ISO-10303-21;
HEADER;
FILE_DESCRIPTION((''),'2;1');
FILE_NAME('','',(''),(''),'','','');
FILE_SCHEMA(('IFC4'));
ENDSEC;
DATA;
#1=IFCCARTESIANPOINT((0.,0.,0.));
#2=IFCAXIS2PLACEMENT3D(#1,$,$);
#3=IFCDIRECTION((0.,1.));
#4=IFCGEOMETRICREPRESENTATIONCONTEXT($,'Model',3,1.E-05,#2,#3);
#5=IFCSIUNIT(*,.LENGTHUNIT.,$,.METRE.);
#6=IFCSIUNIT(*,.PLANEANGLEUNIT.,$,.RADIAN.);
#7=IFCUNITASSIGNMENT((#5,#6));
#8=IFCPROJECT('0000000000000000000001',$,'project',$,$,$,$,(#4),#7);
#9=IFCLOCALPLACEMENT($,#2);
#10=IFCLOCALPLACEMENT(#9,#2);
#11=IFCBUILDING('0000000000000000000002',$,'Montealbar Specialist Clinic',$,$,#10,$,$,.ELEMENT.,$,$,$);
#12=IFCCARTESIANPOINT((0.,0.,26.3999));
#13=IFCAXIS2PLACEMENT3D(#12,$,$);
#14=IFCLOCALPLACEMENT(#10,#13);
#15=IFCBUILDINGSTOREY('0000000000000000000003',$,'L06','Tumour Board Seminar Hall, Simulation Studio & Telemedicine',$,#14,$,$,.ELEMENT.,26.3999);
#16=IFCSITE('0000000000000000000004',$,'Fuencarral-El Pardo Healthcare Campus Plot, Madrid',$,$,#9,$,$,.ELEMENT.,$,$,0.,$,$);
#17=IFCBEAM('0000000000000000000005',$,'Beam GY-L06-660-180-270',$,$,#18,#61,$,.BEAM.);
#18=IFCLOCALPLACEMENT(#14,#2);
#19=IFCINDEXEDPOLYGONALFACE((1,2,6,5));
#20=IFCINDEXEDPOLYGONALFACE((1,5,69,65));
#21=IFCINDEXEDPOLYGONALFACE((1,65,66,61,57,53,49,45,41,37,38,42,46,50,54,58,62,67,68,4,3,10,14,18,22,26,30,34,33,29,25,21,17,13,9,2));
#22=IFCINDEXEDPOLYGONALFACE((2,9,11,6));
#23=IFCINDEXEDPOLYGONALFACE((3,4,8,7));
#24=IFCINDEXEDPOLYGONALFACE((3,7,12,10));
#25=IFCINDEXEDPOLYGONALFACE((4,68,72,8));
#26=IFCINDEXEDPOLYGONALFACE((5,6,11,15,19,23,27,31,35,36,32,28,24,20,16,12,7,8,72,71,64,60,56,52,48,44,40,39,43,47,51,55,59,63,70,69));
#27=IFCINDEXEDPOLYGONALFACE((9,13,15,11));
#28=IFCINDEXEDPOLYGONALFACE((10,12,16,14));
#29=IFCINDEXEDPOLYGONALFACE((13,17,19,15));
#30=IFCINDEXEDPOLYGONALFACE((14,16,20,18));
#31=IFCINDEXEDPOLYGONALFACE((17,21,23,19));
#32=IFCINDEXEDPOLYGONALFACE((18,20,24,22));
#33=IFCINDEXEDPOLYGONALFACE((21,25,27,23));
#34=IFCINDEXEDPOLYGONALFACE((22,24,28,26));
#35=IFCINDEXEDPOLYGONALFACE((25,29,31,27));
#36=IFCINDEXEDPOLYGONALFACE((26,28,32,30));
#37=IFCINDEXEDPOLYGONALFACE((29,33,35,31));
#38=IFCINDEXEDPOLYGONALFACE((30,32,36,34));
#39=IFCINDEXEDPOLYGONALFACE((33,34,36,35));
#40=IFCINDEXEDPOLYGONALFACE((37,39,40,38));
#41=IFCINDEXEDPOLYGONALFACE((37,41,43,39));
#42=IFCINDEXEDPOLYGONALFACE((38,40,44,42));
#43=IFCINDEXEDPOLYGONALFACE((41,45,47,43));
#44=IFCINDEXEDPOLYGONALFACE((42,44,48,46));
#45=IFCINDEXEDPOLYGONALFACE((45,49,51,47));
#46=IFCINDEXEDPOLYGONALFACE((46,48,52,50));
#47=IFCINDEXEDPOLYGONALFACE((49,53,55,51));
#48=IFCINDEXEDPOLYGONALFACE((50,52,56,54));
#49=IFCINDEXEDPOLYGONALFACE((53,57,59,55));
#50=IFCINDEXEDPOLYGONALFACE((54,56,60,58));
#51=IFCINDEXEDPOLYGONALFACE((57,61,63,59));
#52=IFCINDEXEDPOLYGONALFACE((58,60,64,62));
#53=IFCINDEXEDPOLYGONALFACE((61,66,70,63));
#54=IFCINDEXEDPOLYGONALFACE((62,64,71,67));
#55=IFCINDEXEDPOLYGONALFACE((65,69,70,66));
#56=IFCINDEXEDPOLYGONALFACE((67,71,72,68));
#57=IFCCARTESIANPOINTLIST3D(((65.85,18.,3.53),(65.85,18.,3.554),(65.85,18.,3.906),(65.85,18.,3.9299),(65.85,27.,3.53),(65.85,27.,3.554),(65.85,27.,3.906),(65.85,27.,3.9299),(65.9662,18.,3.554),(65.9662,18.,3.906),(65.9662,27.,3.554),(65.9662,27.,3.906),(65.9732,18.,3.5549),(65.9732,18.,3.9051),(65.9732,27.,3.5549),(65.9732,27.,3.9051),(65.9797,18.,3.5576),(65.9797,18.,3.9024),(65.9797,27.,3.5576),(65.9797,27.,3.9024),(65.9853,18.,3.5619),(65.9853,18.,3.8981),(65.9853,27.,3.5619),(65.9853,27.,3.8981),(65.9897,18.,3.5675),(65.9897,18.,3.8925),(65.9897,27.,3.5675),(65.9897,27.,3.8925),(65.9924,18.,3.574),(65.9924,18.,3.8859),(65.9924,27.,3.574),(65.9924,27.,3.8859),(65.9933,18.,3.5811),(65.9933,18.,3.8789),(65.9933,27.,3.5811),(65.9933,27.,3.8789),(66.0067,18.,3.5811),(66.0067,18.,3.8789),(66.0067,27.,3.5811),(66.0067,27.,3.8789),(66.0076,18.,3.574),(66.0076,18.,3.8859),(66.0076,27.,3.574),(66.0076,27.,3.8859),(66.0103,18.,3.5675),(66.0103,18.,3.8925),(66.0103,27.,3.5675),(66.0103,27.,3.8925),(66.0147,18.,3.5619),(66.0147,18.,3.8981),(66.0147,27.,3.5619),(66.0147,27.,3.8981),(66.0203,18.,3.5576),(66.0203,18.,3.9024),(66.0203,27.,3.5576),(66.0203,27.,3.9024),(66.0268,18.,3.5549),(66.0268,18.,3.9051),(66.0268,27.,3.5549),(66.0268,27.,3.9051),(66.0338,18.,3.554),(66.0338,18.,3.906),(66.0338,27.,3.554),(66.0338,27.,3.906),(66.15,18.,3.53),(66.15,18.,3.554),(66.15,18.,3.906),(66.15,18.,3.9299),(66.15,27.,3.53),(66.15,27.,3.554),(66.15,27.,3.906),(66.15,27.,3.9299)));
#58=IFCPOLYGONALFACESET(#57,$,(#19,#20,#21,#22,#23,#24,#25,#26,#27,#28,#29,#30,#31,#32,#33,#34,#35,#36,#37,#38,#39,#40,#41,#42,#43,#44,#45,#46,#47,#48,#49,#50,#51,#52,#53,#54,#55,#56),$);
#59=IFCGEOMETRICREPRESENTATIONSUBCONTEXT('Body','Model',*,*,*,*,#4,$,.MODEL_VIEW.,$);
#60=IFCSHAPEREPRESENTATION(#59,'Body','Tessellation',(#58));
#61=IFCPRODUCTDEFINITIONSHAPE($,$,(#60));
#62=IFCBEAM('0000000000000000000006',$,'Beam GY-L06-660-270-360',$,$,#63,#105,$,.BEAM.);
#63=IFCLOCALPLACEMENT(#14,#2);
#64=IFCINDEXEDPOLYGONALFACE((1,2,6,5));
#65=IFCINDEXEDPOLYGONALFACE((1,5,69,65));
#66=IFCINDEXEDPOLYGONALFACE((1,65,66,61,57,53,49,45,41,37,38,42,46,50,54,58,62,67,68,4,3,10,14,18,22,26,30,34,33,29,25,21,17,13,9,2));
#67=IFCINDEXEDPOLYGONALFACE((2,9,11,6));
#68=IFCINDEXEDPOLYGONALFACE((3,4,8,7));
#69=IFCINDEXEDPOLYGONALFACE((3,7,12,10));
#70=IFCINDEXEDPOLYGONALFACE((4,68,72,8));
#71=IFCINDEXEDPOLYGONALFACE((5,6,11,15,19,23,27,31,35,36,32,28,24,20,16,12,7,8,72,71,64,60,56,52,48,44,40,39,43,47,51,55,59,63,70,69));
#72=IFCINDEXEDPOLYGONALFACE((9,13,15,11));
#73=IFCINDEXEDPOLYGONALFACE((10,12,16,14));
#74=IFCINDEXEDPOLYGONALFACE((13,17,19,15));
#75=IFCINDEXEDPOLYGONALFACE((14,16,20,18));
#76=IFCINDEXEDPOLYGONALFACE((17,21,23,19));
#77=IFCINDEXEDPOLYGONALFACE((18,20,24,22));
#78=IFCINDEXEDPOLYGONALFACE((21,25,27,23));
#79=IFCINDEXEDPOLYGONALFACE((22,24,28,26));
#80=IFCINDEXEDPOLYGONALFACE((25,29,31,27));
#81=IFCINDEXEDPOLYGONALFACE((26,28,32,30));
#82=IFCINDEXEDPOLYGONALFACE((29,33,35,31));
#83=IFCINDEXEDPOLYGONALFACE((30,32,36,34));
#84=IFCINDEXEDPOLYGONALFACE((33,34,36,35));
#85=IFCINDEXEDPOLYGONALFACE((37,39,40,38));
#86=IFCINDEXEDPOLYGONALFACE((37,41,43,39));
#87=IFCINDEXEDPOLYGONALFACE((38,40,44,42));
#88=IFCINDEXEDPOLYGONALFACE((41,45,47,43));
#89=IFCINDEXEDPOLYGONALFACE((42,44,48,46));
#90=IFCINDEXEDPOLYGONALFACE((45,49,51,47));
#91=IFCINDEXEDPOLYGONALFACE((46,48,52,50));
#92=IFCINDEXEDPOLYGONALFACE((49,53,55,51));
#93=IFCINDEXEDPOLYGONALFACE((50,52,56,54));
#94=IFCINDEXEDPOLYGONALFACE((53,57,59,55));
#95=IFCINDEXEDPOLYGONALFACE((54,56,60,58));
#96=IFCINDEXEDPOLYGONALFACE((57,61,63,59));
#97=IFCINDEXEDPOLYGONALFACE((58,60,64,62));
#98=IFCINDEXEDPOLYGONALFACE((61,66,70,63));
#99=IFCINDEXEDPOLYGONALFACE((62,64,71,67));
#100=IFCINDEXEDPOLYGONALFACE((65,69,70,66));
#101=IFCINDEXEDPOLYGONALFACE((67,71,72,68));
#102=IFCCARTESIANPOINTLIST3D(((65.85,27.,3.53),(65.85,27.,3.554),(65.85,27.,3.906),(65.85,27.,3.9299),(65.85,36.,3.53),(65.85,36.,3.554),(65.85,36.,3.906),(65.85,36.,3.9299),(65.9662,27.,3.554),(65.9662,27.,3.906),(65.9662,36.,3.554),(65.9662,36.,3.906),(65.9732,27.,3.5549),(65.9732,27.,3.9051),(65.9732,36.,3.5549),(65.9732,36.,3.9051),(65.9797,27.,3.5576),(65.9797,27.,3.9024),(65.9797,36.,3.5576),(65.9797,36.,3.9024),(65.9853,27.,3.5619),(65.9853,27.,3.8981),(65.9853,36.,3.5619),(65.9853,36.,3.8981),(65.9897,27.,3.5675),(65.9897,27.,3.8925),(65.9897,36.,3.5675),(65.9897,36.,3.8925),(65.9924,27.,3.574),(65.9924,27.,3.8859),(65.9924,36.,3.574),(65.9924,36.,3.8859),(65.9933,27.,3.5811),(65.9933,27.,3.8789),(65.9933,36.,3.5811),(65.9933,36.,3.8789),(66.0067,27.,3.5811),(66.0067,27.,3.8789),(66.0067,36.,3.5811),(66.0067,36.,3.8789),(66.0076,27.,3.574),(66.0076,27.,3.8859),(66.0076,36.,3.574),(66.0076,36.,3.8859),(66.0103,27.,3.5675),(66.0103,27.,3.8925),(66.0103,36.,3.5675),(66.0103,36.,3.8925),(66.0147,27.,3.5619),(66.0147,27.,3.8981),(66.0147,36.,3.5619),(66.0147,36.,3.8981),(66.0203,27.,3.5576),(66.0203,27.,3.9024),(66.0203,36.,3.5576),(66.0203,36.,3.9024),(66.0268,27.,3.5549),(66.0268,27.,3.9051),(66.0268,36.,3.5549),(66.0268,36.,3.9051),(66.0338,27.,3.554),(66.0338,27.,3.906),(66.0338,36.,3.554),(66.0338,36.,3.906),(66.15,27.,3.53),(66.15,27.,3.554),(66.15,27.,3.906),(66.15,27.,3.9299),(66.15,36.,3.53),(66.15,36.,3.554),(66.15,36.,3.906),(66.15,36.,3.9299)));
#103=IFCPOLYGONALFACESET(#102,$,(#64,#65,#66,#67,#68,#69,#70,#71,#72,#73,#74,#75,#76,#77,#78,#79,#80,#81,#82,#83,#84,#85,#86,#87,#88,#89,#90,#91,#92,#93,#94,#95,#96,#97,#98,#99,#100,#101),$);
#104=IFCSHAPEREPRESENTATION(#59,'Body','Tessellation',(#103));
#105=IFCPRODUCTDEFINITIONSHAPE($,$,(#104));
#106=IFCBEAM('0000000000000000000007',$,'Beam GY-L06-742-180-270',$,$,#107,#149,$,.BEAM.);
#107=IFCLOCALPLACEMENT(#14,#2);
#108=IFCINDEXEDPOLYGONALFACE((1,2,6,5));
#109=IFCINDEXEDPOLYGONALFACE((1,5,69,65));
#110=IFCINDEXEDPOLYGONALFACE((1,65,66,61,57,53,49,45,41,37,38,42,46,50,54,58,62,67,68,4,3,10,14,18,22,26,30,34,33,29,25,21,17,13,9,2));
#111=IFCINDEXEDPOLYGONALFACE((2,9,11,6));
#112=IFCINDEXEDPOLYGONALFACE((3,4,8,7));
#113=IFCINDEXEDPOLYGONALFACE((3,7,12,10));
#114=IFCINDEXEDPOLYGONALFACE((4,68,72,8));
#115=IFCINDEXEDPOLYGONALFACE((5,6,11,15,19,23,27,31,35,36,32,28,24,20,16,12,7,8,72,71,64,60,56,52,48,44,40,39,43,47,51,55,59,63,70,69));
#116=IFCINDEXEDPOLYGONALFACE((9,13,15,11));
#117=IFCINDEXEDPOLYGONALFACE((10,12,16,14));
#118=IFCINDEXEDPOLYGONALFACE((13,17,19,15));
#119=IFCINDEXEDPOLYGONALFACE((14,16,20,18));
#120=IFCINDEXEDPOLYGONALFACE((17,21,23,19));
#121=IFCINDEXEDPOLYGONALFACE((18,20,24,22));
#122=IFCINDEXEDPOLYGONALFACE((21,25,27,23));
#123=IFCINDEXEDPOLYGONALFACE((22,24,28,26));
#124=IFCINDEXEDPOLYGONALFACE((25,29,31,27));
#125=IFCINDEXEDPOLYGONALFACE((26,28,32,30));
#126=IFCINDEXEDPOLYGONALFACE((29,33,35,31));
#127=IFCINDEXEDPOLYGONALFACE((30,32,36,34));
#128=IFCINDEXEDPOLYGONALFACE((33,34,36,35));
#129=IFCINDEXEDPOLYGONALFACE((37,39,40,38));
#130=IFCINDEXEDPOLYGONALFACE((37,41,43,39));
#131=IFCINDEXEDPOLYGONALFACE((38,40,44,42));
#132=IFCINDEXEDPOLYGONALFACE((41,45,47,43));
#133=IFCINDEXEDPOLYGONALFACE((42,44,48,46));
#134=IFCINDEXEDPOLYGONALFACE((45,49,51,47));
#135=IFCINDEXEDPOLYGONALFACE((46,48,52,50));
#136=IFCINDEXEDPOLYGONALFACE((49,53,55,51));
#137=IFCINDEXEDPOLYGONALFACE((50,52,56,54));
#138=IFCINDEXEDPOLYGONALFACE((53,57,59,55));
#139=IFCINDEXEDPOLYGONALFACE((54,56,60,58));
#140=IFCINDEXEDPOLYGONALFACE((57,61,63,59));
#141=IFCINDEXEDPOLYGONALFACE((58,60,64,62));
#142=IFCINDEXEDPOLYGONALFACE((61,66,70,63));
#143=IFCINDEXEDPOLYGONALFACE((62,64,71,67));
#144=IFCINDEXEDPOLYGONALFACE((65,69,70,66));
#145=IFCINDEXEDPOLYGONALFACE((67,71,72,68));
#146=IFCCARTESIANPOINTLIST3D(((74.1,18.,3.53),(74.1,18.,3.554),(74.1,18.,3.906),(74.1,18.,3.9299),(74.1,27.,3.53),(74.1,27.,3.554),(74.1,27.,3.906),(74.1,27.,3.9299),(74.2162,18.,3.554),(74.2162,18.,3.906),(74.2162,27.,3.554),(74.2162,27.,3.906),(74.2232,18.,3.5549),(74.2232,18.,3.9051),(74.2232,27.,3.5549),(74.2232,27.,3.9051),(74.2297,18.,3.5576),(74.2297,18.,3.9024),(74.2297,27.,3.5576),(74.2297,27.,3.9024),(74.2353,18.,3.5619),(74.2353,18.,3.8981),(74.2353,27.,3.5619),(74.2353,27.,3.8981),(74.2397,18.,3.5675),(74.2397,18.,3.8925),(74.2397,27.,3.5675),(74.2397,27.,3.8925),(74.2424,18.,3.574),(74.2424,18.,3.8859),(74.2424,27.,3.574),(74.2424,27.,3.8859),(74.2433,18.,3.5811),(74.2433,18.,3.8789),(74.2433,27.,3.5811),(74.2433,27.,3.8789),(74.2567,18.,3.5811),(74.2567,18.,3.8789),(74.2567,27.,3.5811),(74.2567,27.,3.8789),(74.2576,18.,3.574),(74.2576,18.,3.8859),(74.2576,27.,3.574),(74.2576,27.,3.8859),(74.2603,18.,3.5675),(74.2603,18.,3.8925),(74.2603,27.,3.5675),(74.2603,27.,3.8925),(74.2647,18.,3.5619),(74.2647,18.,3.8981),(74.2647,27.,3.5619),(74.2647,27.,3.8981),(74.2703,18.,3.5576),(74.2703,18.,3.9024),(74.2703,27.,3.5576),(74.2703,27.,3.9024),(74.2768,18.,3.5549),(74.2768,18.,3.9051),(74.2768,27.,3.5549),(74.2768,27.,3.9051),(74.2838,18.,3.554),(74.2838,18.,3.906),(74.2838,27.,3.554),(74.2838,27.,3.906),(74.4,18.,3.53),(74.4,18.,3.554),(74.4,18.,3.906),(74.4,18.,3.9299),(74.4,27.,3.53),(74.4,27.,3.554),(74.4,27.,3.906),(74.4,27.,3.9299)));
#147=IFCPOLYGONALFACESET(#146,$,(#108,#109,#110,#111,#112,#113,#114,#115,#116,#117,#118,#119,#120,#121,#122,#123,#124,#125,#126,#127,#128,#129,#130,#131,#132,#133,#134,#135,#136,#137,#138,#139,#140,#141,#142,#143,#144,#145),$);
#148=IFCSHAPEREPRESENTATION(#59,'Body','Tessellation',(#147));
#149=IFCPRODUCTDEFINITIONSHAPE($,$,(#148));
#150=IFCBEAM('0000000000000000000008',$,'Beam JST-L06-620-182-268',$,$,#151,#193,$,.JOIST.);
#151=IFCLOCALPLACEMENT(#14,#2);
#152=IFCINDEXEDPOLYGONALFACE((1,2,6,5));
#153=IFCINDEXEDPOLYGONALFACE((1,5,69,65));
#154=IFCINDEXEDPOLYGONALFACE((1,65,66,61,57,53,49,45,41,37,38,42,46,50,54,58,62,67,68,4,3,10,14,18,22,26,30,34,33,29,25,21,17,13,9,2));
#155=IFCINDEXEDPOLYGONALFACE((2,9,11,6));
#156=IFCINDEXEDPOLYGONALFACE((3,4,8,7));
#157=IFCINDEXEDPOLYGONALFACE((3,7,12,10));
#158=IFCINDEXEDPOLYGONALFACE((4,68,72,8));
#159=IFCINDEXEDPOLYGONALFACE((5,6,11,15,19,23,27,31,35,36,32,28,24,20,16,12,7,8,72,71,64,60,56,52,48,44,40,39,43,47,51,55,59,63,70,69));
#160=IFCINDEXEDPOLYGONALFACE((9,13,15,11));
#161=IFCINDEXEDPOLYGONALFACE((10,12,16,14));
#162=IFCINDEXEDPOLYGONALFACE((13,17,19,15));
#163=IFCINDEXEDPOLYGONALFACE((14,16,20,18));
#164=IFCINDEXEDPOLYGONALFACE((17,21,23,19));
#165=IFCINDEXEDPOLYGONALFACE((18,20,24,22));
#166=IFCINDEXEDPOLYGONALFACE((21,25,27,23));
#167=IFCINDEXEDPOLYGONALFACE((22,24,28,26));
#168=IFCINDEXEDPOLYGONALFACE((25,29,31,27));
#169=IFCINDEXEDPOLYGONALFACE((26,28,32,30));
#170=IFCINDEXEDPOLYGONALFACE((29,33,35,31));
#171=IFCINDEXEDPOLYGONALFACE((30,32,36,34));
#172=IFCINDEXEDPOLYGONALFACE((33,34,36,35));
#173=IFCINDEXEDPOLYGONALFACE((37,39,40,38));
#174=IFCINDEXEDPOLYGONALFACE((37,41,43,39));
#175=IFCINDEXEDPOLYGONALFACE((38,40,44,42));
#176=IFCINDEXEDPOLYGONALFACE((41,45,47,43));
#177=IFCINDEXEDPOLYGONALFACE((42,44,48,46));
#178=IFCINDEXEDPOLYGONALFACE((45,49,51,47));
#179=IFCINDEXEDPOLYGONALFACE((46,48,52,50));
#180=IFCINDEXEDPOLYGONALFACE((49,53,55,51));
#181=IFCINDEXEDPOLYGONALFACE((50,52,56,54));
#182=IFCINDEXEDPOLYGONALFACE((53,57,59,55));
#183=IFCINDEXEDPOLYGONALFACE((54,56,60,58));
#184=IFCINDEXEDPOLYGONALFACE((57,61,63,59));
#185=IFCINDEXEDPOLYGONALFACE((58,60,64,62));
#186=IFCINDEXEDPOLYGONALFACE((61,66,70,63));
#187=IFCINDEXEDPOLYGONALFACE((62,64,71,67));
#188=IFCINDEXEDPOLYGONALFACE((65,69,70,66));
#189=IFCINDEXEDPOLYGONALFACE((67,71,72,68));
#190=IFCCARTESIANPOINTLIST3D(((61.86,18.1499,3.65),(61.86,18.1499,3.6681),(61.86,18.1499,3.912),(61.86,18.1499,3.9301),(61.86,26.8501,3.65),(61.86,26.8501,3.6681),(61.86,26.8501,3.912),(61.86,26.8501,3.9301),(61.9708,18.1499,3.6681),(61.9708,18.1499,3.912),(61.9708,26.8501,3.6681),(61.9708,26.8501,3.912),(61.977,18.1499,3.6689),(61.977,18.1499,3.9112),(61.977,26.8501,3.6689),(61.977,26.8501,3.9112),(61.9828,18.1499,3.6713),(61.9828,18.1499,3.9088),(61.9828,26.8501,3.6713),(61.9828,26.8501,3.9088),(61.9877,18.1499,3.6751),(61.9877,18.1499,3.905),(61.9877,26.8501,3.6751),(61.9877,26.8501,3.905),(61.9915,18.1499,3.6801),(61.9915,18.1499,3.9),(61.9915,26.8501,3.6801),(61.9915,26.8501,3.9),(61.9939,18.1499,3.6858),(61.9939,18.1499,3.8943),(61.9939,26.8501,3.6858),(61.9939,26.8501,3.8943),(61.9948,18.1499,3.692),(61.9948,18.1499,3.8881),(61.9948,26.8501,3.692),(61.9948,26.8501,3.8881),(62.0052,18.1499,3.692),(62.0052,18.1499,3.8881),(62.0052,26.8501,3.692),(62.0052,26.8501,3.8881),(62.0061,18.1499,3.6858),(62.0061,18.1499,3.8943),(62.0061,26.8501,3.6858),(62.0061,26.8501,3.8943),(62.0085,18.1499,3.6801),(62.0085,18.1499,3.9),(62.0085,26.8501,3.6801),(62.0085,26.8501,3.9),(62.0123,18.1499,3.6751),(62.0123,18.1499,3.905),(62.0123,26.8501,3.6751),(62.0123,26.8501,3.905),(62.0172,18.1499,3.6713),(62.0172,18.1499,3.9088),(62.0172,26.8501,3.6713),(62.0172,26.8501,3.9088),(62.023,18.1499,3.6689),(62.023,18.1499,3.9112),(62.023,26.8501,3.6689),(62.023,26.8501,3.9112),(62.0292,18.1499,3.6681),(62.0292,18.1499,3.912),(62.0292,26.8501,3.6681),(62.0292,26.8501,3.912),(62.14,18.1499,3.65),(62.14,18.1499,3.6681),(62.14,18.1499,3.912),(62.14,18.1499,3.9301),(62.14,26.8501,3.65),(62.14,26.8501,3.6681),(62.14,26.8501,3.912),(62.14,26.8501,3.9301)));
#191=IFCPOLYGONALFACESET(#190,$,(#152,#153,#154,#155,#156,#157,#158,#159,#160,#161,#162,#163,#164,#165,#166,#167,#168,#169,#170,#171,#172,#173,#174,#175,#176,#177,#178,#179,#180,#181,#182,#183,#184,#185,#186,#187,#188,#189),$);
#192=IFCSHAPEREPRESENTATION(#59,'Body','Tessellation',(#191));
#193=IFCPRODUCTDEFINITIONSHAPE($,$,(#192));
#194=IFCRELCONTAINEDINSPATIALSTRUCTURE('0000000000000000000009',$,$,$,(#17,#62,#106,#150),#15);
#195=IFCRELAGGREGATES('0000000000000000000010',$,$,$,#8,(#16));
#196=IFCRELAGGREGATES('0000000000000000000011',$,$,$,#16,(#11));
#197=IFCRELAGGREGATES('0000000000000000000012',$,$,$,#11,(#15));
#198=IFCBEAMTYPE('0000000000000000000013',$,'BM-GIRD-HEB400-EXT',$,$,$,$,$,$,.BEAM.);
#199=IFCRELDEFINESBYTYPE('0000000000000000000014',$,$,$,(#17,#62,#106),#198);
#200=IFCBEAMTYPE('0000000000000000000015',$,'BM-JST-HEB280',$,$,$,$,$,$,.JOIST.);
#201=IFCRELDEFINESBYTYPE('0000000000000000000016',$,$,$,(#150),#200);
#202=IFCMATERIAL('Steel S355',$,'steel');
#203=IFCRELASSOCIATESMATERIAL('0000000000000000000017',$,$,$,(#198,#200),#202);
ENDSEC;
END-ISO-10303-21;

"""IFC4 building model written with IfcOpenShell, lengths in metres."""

from ifc_helpers import new_model, si_unit, direction, frame, origin, origin_2d, place, context, subcontext, project, spatial, i_section, extrude, material, material_profile, profile_set, type_object, element, save


model = new_model("IFC4")

# Units and contexts
model_context = context("Model", 3, precision=1e-05, world=origin(), true_north=direction((0.0, 1.0)))
body_context = subcontext(model_context, "Body", "Model", "MODEL_VIEW")
ifc_project = project(units=[si_unit("LENGTHUNIT", "METRE"), si_unit("PLANEANGLEUNIT", "RADIAN")], contexts=[model_context])

# Site, building, storey
site_placement = place(None, origin())
site = spatial("IfcSite", under=ifc_project, at=site_placement, Name="Fuencarral-El Pardo Healthcare Campus Plot, Madrid", CompositionType="ELEMENT", RefElevation=0.0)
building_placement = place(site_placement, origin())
building = spatial("IfcBuilding", under=site, at=building_placement, Name="Montealbar Specialist Clinic", CompositionType="ELEMENT")
storey_placement = place(building_placement, frame((0.0, 0.0, 26.3999)))
storey = spatial("IfcBuildingStorey", under=building, at=storey_placement, Name="L06", Description="Tumour Board Seminar Hall, Simulation Studio & Telemedicine", CompositionType="ELEMENT", Elevation=26.3999)

# Shared definitions
ifc_material_1 = material(Name="Steel S355", Category="steel")

# Beams
ifc_material_profile_1 = material_profile(ifc_material_1, i_section(OverallWidth=0.3, OverallDepth=0.3999, WebThickness=0.0134, FlangeThickness=0.0239, FilletRadius=0.0271, at=origin_2d()), Name="HEB 400", Category="steel")
ifc_profile_set_1 = profile_set([ifc_material_profile_1], Name="Steel S355")
beam_type_1 = type_object("IfcBeamType", Name="BM-GIRD-HEB400-EXT", PredefinedType="BEAM", material=ifc_profile_set_1)
for number, where, z_axis, x_axis, name in (
    (1, (66.0, 18.0, 3.73), (0.0, 1.0, 0.0), (-1.0, 0.0, 0.0), "Beam GY-L06-660-180-270"),
    (2, (66.0, 27.0, 3.73), (0.0, 1.0, 0.0), (-1.0, 0.0, 0.0), "Beam GY-L06-660-270-360"),
    (3, (74.25, 18.0, 3.73), (0.0, 1.0, 0.0), (-1.0, 0.0, 0.0), "Beam GY-L06-742-180-270"),
):
    element("IfcBeam", number, at=place(storey_placement, frame(where, z_axis=z_axis, x_axis=x_axis)), inside=storey, type_object=beam_type_1, Name=name, PredefinedType="BEAM", context=body_context, shape_type="SweptSolid", body=[
        extrude(i_section(OverallWidth=0.3, OverallDepth=0.3999, WebThickness=0.0134, FlangeThickness=0.0239, FilletRadius=0.0271, at=origin_2d()), origin(), (0.0, 0.0, 1.0), 9.0),
    ])
ifc_material_profile_2 = material_profile(ifc_material_1, i_section(OverallWidth=0.28, OverallDepth=0.28, WebThickness=0.0105, FlangeThickness=0.0181, FilletRadius=0.0239, at=origin_2d()), Name="HEB 280", Category="steel")
ifc_profile_set_2 = profile_set([ifc_material_profile_2], Name="Steel S355")
beam_type_2 = type_object("IfcBeamType", Name="BM-JST-HEB280", PredefinedType="JOIST", material=ifc_profile_set_2)
beam_1_placement = place(storey_placement, frame((62.0, 18.1499, 3.79), z_axis=(0.0, 1.0, 0.0), x_axis=(-1.0, 0.0, 0.0)))
element("IfcBeam", 4, at=beam_1_placement, inside=storey, type_object=beam_type_2, Name="Beam JST-L06-620-182-268", PredefinedType="JOIST", context=body_context, shape_type="SweptSolid", body=[
    extrude(i_section(OverallWidth=0.28, OverallDepth=0.28, WebThickness=0.0105, FlangeThickness=0.0181, FilletRadius=0.0239, at=origin_2d()), origin(), (0.0, 0.0, 1.0), 8.7002),
])

save(model, "model.ifc")
